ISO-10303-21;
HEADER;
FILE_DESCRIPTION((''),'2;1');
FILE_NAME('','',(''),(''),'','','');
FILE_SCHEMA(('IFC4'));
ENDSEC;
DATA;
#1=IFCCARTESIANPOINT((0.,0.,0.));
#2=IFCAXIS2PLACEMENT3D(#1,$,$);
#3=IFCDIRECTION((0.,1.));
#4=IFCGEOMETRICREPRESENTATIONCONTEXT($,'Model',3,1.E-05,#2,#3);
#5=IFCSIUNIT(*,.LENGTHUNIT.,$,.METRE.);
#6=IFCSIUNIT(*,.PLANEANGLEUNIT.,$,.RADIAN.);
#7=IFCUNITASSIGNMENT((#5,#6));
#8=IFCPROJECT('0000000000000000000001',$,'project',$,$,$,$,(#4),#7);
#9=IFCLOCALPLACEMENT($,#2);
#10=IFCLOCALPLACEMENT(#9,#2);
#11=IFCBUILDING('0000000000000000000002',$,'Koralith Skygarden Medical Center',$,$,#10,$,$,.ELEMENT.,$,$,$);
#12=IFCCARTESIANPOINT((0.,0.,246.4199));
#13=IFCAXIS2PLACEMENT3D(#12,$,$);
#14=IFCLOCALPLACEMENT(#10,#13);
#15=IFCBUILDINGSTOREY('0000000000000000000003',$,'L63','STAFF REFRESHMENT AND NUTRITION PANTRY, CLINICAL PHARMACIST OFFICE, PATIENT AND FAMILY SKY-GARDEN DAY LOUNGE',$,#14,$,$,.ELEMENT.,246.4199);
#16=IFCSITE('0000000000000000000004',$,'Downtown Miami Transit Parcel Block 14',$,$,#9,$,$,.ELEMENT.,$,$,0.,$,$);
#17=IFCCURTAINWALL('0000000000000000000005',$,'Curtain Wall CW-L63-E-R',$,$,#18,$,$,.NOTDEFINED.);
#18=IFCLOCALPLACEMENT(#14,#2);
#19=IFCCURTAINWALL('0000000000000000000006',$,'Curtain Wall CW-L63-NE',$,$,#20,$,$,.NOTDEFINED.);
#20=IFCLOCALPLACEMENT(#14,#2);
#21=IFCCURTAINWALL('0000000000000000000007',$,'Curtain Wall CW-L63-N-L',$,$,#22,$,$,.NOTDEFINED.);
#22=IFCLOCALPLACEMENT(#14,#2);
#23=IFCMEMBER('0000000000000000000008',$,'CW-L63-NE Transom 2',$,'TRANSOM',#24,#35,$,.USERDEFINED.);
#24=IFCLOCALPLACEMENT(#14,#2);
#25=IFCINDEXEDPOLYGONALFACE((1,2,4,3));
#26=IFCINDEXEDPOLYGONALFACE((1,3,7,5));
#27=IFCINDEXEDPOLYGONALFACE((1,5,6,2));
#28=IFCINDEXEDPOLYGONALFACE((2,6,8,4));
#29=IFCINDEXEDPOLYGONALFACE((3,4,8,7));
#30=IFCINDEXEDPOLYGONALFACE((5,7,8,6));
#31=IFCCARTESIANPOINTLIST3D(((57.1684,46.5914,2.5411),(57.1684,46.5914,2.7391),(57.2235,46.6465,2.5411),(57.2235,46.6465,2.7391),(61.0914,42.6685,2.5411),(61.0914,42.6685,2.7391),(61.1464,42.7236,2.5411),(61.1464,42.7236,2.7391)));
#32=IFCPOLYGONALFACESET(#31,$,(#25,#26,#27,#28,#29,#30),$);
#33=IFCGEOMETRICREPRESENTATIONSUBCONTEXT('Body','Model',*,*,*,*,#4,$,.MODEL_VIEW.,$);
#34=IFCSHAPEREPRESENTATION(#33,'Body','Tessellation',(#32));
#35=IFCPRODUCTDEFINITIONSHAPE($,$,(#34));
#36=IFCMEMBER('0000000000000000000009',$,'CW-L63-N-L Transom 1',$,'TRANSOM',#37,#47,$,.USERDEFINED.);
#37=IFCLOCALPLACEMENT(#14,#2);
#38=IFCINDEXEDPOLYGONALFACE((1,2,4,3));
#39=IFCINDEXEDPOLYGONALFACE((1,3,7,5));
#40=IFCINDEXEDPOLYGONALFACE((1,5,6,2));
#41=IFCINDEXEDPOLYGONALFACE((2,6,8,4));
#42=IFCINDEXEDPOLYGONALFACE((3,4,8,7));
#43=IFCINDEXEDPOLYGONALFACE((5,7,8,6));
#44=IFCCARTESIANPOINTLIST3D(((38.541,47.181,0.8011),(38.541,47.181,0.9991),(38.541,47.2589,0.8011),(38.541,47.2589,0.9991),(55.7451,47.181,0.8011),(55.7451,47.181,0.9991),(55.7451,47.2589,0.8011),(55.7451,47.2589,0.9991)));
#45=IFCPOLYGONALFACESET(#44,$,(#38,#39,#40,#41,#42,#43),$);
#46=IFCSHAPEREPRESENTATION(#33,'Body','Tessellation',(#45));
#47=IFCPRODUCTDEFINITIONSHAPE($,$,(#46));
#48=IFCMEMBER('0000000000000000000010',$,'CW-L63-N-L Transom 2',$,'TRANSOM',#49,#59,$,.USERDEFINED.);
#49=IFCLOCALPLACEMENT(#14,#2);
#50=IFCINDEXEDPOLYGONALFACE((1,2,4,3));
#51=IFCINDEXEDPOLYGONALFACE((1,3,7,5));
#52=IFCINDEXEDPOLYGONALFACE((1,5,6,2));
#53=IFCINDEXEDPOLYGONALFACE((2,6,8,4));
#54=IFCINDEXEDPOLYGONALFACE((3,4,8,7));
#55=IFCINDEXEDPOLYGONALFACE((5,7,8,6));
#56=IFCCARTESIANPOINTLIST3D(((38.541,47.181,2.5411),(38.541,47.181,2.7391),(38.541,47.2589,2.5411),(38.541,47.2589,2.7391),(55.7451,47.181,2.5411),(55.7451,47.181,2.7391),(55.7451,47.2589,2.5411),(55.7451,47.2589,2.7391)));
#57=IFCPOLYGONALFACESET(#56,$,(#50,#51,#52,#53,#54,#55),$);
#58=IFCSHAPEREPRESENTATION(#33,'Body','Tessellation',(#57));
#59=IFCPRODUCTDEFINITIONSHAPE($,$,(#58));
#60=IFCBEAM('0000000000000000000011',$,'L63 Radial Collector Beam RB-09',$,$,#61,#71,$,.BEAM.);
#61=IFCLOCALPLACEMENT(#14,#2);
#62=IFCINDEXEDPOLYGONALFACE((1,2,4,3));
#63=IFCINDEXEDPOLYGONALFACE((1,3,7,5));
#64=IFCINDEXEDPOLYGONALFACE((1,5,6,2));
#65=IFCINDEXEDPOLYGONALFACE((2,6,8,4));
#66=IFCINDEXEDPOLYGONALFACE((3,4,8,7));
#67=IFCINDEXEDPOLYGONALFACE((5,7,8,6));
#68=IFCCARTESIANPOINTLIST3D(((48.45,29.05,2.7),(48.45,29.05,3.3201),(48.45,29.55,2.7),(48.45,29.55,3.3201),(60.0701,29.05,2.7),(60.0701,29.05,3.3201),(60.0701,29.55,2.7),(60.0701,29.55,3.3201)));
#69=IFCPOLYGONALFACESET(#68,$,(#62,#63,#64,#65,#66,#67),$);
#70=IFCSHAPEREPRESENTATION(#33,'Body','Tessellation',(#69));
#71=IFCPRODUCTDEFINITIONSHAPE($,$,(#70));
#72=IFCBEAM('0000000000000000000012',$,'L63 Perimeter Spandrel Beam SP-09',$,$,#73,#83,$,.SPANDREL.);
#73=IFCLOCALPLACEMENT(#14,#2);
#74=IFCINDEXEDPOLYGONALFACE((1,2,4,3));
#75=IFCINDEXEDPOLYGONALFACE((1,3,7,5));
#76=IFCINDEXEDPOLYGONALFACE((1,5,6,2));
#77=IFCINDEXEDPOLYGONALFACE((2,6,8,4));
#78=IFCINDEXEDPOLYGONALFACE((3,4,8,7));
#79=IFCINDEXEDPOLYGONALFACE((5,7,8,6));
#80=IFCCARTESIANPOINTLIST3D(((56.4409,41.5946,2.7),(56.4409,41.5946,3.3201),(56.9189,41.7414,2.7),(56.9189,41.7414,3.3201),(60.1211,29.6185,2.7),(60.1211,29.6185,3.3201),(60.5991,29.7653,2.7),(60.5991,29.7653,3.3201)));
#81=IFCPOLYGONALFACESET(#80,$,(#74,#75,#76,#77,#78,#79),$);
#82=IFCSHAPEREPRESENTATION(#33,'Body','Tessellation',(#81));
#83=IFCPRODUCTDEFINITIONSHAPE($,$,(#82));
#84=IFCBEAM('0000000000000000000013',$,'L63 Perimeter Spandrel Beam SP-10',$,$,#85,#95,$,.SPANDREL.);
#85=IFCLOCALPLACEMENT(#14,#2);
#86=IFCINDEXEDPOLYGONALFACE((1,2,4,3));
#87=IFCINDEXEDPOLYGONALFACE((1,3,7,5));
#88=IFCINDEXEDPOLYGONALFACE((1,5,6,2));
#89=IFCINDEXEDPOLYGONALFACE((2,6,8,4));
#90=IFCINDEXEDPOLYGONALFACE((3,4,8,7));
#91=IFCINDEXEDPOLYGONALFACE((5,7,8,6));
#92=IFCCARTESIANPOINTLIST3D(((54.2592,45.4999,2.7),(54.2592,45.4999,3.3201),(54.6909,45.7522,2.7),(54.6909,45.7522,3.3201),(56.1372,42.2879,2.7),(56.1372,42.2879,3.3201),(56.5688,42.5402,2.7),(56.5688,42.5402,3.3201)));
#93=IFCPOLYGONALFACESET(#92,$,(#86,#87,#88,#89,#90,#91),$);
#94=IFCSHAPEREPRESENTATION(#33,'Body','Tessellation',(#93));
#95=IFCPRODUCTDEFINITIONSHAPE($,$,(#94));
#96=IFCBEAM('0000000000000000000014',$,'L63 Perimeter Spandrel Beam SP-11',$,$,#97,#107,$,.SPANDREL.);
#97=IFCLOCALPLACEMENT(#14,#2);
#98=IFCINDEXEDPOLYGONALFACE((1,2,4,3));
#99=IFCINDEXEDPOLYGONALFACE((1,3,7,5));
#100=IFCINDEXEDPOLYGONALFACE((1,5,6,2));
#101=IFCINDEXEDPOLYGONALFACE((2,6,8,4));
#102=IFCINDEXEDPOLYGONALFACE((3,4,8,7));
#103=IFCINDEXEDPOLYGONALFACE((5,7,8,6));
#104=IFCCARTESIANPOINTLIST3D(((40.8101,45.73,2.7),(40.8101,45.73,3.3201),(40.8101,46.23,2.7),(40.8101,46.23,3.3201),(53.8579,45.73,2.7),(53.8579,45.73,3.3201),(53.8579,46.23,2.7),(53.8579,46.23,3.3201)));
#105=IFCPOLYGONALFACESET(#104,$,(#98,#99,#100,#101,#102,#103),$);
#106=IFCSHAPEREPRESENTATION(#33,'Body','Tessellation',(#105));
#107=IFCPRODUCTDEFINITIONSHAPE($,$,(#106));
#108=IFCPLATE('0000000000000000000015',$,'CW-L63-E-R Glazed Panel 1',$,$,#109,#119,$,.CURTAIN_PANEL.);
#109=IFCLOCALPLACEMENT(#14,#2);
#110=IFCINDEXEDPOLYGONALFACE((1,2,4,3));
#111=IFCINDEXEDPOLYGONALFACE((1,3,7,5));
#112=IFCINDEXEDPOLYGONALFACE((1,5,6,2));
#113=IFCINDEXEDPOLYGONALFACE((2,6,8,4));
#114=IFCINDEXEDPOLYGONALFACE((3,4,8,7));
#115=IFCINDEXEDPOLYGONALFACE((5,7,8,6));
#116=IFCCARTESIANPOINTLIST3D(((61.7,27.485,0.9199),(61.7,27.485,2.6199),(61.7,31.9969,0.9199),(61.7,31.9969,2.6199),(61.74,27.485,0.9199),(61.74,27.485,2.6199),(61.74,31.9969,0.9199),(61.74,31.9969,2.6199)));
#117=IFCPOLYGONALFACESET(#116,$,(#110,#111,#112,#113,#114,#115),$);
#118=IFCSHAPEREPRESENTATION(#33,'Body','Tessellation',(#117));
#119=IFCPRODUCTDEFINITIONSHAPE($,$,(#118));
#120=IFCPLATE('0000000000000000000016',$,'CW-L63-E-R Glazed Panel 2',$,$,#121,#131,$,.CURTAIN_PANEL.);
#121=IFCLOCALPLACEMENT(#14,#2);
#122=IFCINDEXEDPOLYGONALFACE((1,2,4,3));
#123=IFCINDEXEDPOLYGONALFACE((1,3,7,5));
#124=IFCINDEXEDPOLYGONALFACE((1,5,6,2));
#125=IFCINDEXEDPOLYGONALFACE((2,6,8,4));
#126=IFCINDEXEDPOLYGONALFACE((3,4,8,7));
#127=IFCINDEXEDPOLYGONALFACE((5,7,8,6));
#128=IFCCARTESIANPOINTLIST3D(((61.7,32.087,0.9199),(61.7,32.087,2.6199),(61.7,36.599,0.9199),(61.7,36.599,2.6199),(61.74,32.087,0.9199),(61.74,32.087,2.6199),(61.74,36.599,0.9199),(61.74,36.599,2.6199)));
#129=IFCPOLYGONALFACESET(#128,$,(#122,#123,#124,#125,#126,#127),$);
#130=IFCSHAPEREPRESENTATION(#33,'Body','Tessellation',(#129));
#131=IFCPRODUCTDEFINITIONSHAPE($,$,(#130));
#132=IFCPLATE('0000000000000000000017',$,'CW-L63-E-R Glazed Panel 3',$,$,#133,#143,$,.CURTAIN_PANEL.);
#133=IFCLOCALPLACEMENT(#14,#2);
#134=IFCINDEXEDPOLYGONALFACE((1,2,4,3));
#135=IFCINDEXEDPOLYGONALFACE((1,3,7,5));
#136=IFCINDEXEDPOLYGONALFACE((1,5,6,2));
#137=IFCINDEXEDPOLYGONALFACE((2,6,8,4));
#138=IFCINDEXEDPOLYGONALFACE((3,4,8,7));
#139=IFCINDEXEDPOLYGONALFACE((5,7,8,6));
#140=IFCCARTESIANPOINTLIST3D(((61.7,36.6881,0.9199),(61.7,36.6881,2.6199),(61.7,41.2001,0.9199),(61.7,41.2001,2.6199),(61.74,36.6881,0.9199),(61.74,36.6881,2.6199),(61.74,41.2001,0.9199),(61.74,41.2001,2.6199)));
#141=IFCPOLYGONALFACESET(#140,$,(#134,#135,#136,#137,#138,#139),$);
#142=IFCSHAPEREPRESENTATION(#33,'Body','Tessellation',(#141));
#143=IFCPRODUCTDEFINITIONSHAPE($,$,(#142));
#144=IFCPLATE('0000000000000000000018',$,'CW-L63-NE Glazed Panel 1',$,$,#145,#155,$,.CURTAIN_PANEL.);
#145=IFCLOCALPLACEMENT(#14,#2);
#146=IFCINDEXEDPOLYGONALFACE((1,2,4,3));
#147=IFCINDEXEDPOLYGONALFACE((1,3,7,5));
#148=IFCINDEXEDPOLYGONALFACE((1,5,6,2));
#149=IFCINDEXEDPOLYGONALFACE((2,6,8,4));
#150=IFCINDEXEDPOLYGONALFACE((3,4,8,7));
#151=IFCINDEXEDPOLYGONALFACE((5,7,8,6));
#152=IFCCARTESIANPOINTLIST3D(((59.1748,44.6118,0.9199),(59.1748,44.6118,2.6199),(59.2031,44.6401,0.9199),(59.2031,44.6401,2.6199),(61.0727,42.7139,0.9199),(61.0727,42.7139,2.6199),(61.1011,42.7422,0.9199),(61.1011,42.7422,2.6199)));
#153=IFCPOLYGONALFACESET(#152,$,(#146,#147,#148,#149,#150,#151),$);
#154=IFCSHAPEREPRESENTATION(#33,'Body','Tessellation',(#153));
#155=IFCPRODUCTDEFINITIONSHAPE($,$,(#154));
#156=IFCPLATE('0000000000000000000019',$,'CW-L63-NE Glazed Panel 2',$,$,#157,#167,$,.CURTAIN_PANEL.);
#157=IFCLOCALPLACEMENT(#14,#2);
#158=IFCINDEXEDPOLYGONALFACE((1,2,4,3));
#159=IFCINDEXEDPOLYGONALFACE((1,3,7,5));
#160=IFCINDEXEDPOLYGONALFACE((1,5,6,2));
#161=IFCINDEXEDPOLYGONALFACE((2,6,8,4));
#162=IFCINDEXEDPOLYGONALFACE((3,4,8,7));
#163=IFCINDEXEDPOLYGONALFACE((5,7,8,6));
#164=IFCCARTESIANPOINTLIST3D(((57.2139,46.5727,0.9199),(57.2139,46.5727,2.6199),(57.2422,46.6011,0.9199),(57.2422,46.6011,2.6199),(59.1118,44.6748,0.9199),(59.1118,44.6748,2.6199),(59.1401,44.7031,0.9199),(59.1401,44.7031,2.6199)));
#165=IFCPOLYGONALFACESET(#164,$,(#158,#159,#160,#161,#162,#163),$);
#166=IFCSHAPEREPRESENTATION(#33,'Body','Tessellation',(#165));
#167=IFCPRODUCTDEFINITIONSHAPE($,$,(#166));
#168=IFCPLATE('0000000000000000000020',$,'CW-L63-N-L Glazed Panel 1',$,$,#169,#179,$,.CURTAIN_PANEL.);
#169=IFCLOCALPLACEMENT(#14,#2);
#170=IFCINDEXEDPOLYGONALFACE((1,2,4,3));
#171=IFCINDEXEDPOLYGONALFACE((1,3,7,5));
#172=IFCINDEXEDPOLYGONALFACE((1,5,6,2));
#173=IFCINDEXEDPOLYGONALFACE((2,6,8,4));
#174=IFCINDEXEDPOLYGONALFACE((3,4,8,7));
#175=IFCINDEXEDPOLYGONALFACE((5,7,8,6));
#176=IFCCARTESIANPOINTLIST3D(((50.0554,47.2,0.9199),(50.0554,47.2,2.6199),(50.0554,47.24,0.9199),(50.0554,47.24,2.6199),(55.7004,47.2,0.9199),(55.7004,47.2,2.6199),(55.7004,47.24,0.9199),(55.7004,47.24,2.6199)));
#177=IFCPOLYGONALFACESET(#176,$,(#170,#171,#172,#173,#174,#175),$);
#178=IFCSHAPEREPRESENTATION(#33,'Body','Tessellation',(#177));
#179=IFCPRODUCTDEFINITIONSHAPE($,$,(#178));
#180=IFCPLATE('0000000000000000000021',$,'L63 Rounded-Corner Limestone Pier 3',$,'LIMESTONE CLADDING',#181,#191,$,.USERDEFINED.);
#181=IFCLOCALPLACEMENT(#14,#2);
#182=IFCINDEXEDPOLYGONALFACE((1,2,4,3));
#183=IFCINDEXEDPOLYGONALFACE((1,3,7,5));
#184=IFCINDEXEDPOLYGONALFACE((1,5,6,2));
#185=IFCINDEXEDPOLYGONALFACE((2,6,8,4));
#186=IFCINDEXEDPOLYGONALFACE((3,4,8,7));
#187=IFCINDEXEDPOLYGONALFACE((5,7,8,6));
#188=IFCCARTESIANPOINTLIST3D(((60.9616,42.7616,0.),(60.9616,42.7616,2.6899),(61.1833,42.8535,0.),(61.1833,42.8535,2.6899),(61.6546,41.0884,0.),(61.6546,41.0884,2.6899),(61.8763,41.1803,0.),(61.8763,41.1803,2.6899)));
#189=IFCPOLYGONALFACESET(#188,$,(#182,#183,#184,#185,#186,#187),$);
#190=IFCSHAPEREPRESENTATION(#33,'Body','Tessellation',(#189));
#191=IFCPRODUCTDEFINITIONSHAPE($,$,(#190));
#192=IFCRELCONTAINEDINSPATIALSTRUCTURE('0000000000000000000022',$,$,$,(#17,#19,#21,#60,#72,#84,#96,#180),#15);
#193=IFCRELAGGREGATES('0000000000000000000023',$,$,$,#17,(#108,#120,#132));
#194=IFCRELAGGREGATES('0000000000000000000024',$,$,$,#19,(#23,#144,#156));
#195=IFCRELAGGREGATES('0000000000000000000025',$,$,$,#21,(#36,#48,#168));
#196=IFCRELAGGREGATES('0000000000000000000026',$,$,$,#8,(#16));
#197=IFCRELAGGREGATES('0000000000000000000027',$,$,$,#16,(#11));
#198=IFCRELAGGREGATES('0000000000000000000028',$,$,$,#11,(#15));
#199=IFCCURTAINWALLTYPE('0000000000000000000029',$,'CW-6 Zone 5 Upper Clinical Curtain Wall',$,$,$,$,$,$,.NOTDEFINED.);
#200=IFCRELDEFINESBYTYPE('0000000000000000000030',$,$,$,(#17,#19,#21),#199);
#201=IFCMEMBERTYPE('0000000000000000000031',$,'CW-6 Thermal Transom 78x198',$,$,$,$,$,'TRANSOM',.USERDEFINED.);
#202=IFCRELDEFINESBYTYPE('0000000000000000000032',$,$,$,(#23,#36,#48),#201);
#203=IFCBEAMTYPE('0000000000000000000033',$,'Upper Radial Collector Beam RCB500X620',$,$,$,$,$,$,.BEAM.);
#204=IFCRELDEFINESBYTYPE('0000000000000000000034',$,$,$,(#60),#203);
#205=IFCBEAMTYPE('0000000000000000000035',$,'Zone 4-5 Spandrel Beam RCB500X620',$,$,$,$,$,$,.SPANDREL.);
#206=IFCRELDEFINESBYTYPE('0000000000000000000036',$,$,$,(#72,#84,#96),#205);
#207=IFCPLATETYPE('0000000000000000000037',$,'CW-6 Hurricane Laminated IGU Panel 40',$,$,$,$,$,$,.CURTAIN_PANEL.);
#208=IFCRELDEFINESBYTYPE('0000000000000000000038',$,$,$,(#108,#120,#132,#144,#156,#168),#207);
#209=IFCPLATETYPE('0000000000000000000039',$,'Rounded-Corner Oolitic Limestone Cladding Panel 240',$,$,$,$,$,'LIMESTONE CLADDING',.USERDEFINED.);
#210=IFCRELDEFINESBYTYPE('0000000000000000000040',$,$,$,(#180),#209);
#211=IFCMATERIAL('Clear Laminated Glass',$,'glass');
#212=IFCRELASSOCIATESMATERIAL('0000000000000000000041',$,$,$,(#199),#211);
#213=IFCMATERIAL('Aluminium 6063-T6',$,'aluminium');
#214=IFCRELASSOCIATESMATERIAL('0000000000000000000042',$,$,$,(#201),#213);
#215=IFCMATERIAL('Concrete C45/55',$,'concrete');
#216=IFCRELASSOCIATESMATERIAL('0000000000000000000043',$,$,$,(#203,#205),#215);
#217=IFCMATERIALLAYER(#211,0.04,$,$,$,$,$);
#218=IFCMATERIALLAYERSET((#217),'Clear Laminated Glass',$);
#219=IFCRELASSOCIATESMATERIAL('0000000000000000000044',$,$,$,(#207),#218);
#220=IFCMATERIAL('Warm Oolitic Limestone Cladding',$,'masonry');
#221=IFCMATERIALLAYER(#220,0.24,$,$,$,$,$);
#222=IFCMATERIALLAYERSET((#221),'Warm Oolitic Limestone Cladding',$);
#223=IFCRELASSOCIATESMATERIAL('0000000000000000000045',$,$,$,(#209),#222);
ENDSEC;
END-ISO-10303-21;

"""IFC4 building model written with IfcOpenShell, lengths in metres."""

from ifc_helpers import new_model, si_unit, direction, frame, origin, origin_2d, place, context, subcontext, project, spatial, rectangle, extrude, material, layer, layer_set, material_profile, profile_set, type_object, element, aggregate, save


model = new_model("IFC4")

# Units and contexts
model_context = context("Model", 3, precision=1e-05, world=origin(), true_north=direction((0.0, 1.0)))
body_context = subcontext(model_context, "Body", "Model", "MODEL_VIEW")
ifc_project = project(units=[si_unit("LENGTHUNIT", "METRE"), si_unit("PLANEANGLEUNIT", "RADIAN")], contexts=[model_context])

# Site, building, storey
site_placement = place(None, origin())
site = spatial("IfcSite", under=ifc_project, at=site_placement, Name="Downtown Miami Transit Parcel Block 14", CompositionType="ELEMENT", RefElevation=0.0)
building_placement = place(site_placement, origin())
building = spatial("IfcBuilding", under=site, at=building_placement, Name="Koralith Skygarden Medical Center", CompositionType="ELEMENT")
storey_placement = place(building_placement, frame((0.0, 0.0, 246.4199)))
storey = spatial("IfcBuildingStorey", under=building, at=storey_placement, Name="L63", Description="STAFF REFRESHMENT AND NUTRITION PANTRY, CLINICAL PHARMACIST OFFICE, PATIENT AND FAMILY SKY-GARDEN DAY LOUNGE", CompositionType="ELEMENT", Elevation=246.4199)

# Curtain walls
ifc_material_1 = material(Name="Clear Laminated Glass", Category="glass")
curtain_wall_type = type_object("IfcCurtainWallType", Name="CW-6 Zone 5 Upper Clinical Curtain Wall", PredefinedType="NOTDEFINED", material=ifc_material_1)
curtain_wall_1_placement = place(storey_placement, origin())
curtain_wall_1 = element("IfcCurtainWall", 1, at=curtain_wall_1_placement, inside=storey, type_object=curtain_wall_type, Name="Curtain Wall CW-L63-E-R", PredefinedType="NOTDEFINED")
ifc_material_2 = material(Name="Aluminium 6063-T6", Category="aluminium")
curtain_wall_2_placement = place(storey_placement, origin())
curtain_wall_2 = element("IfcCurtainWall", 2, at=curtain_wall_2_placement, inside=storey, type_object=curtain_wall_type, Name="Curtain Wall CW-L63-NE", PredefinedType="NOTDEFINED")
curtain_wall_3_placement = place(storey_placement, origin())
curtain_wall_3 = element("IfcCurtainWall", 3, at=curtain_wall_3_placement, inside=storey, type_object=curtain_wall_type, Name="Curtain Wall CW-L63-N-L", PredefinedType="NOTDEFINED")

# Members
ifc_material_profile_1 = material_profile(ifc_material_2, rectangle(XDim=0.0779, YDim=0.198, at=origin_2d()), Name="TRN78X198")
ifc_profile_set_1 = profile_set([ifc_material_profile_1], Name="Aluminium 6063-T6")
member_type_1 = type_object("IfcMemberType", Name="CW-6 Thermal Transom 78x198", ElementType="TRANSOM", PredefinedType="USERDEFINED", material=ifc_profile_set_1)
member_1_placement = place(storey_placement, frame((61.1189, 42.696, 2.6401), z_axis=(-0.707107, 0.707107, 0.0), x_axis=(-0.707107, -0.707107, 0.0)))
member_1 = element("IfcMember", 4, at=member_1_placement, type_object=member_type_1, Name="CW-L63-NE Transom 2", ObjectType="TRANSOM", PredefinedType="USERDEFINED", context=body_context, shape_type="SweptSolid", body=[
    extrude(rectangle(XDim=0.0779, YDim=0.198, at=origin_2d()), origin(), (0.0, 0.0, 1.0), 5.5479),
])
member_2_placement = place(storey_placement, frame((55.7451, 47.22, 0.9001), z_axis=(-1.0, 0.0, 0.0), x_axis=(0.0, -1.0, 0.0)))
member_2 = element("IfcMember", 5, at=member_2_placement, type_object=member_type_1, Name="CW-L63-N-L Transom 1", ObjectType="TRANSOM", PredefinedType="USERDEFINED", context=body_context, shape_type="SweptSolid", body=[
    extrude(rectangle(XDim=0.0779, YDim=0.198, at=origin_2d()), origin(), (0.0, 0.0, 1.0), 17.2041),
])
member_3_placement = place(storey_placement, frame((55.7451, 47.22, 2.6401), z_axis=(-1.0, 0.0, 0.0), x_axis=(0.0, -1.0, 0.0)))
member_3 = element("IfcMember", 6, at=member_3_placement, type_object=member_type_1, Name="CW-L63-N-L Transom 2", ObjectType="TRANSOM", PredefinedType="USERDEFINED", context=body_context, shape_type="SweptSolid", body=[
    extrude(rectangle(XDim=0.0779, YDim=0.198, at=origin_2d()), origin(), (0.0, 0.0, 1.0), 17.2041),
])

# Beams
ifc_material_3 = material(Name="Concrete C45/55", Category="concrete")
ifc_material_profile_2 = material_profile(ifc_material_3, rectangle(XDim=0.5, YDim=0.6201, at=origin_2d()), Name="RCB500X620")
ifc_profile_set_2 = profile_set([ifc_material_profile_2], Name="Concrete C45/55")
beam_type_1 = type_object("IfcBeamType", Name="Upper Radial Collector Beam RCB500X620", PredefinedType="BEAM", material=ifc_profile_set_2)
beam_1_placement = place(storey_placement, frame((48.45, 29.3, 3.01), z_axis=(1.0, 0.0, 0.0), x_axis=(0.0, 1.0, 0.0)))
element("IfcBeam", 7, at=beam_1_placement, inside=storey, type_object=beam_type_1, Name="L63 Radial Collector Beam RB-09", PredefinedType="BEAM", context=body_context, shape_type="SweptSolid", body=[
    extrude(rectangle(XDim=0.5, YDim=0.6201, at=origin_2d()), origin(), (0.0, 0.0, 1.0), 11.6201),
])
ifc_material_profile_3 = material_profile(ifc_material_3, rectangle(XDim=0.5, YDim=0.6201, at=origin_2d()), Name="RCB500X620")
ifc_profile_set_3 = profile_set([ifc_material_profile_3], Name="Concrete C45/55")
beam_type_2 = type_object("IfcBeamType", Name="Zone 4-5 Spandrel Beam RCB500X620", PredefinedType="SPANDREL", material=ifc_profile_set_3)
beam_2_placement = place(storey_placement, frame((60.3601, 29.6919, 3.01), z_axis=(-0.293738, 0.955886, 0.0), x_axis=(-0.955886, -0.293738, 0.0)))
element("IfcBeam", 8, at=beam_2_placement, inside=storey, type_object=beam_type_2, Name="L63 Perimeter Spandrel Beam SP-09", PredefinedType="SPANDREL", context=body_context, shape_type="SweptSolid", body=[
    extrude(rectangle(XDim=0.5, YDim=0.6201, at=origin_2d()), origin(), (0.0, 0.0, 1.0), 12.5288),
])
beam_3_placement = place(storey_placement, frame((56.353, 42.4141, 3.01), z_axis=(-0.504736, 0.863274, 0.0), x_axis=(-0.863274, -0.504736, 0.0)))
element("IfcBeam", 9, at=beam_3_placement, inside=storey, type_object=beam_type_2, Name="L63 Perimeter Spandrel Beam SP-10", PredefinedType="SPANDREL", context=body_context, shape_type="SweptSolid", body=[
    extrude(rectangle(XDim=0.5, YDim=0.6201, at=origin_2d()), origin(), (0.0, 0.0, 1.0), 3.7207),
])
beam_4_placement = place(storey_placement, frame((53.8579, 45.98, 3.01), z_axis=(-1.0, 0.0, 0.0), x_axis=(0.0, -1.0, 0.0)))
element("IfcBeam", 10, at=beam_4_placement, inside=storey, type_object=beam_type_2, Name="L63 Perimeter Spandrel Beam SP-11", PredefinedType="SPANDREL", context=body_context, shape_type="SweptSolid", body=[
    extrude(rectangle(XDim=0.5, YDim=0.6201, at=origin_2d()), origin(), (0.0, 0.0, 1.0), 13.0479),
])

# Plates
ifc_layer_1 = layer(ifc_material_1, 0.04)
ifc_layer_set_1 = layer_set([ifc_layer_1], Name="Clear Laminated Glass")
plate_type_1 = type_object("IfcPlateType", Name="CW-6 Hurricane Laminated IGU Panel 40", PredefinedType="CURTAIN_PANEL", material=ifc_layer_set_1)
plate_1_placement = place(storey_placement, frame((61.72, 29.741, 0.9199), z_axis=(0.0, 0.0, 1.0), x_axis=(0.0, 1.0, 0.0)))
plate_1 = element("IfcPlate", 11, at=plate_1_placement, type_object=plate_type_1, Name="CW-L63-E-R Glazed Panel 1", PredefinedType="CURTAIN_PANEL", context=body_context, shape_type="SweptSolid", body=[
    extrude(rectangle(XDim=4.512, YDim=0.04, at=origin_2d()), origin(), (0.0, 0.0, 1.0), 1.7),
])
plate_2_placement = place(storey_placement, frame((61.72, 34.343, 0.9199), z_axis=(0.0, 0.0, 1.0), x_axis=(0.0, 1.0, 0.0)))
plate_2 = element("IfcPlate", 12, at=plate_2_placement, type_object=plate_type_1, Name="CW-L63-E-R Glazed Panel 2", PredefinedType="CURTAIN_PANEL", context=body_context, shape_type="SweptSolid", body=[
    extrude(rectangle(XDim=4.512, YDim=0.04, at=origin_2d()), origin(), (0.0, 0.0, 1.0), 1.7),
])
plate_3_placement = place(storey_placement, frame((61.72, 38.9441, 0.9199), z_axis=(0.0, 0.0, 1.0), x_axis=(0.0, 1.0, 0.0)))
plate_3 = element("IfcPlate", 13, at=plate_3_placement, type_object=plate_type_1, Name="CW-L63-E-R Glazed Panel 3", PredefinedType="CURTAIN_PANEL", context=body_context, shape_type="SweptSolid", body=[
    extrude(rectangle(XDim=4.512, YDim=0.04, at=origin_2d()), origin(), (0.0, 0.0, 1.0), 1.7),
])
aggregate(curtain_wall_1, [plate_1, plate_2, plate_3])
plate_4_placement = place(storey_placement, frame((60.1379, 43.677, 0.9199), z_axis=(0.0, 0.0, 1.0), x_axis=(-0.707107, 0.707107, 0.0)))
plate_4 = element("IfcPlate", 14, at=plate_4_placement, type_object=plate_type_1, Name="CW-L63-NE Glazed Panel 1", PredefinedType="CURTAIN_PANEL", context=body_context, shape_type="SweptSolid", body=[
    extrude(rectangle(XDim=2.6841, YDim=0.04, at=origin_2d()), origin(), (0.0, 0.0, 1.0), 1.7),
])
plate_5_placement = place(storey_placement, frame((58.177, 45.6379, 0.9199), z_axis=(0.0, 0.0, 1.0), x_axis=(-0.707107, 0.707107, 0.0)))
plate_5 = element("IfcPlate", 15, at=plate_5_placement, type_object=plate_type_1, Name="CW-L63-NE Glazed Panel 2", PredefinedType="CURTAIN_PANEL", context=body_context, shape_type="SweptSolid", body=[
    extrude(rectangle(XDim=2.6841, YDim=0.04, at=origin_2d()), origin(), (0.0, 0.0, 1.0), 1.7),
])
aggregate(curtain_wall_2, [member_1, plate_4, plate_5])
plate_6_placement = place(storey_placement, frame((52.8779, 47.22, 0.9199), z_axis=(0.0, 0.0, 1.0), x_axis=(-1.0, 0.0, 0.0)))
plate_6 = element("IfcPlate", 16, at=plate_6_placement, type_object=plate_type_1, Name="CW-L63-N-L Glazed Panel 1", PredefinedType="CURTAIN_PANEL", context=body_context, shape_type="SweptSolid", body=[
    extrude(rectangle(XDim=5.645, YDim=0.04, at=origin_2d()), origin(), (0.0, 0.0, 1.0), 1.7),
])
aggregate(curtain_wall_3, [member_2, member_3, plate_6])

# Plate
ifc_material_4 = material(Name="Warm Oolitic Limestone Cladding", Category="masonry")
ifc_layer_2 = layer(ifc_material_4, 0.24)
ifc_layer_set_2 = layer_set([ifc_layer_2], Name="Warm Oolitic Limestone Cladding")
plate_type_2 = type_object("IfcPlateType", Name="Rounded-Corner Oolitic Limestone Cladding Panel 240", ElementType="LIMESTONE CLADDING", PredefinedType="USERDEFINED", material=ifc_layer_set_2)
for number, where, z_axis, x_axis, name in (
    (17, (61.4189, 41.9709, 0.0), (0.0, 0.0, 1.0), (-0.382671, 0.923885, 0.0), "L63 Rounded-Corner Limestone Pier 3"),
):
    element("IfcPlate", number, at=place(storey_placement, frame(where, z_axis=z_axis, x_axis=x_axis)), inside=storey, type_object=plate_type_2, Name=name, ObjectType="LIMESTONE CLADDING", PredefinedType="USERDEFINED", context=body_context, shape_type="SweptSolid", body=[
        extrude(rectangle(XDim=1.811, YDim=0.24, at=origin_2d()), origin(), (0.0, 0.0, 1.0), 2.6899),
    ])

save(model, "model.ifc")
